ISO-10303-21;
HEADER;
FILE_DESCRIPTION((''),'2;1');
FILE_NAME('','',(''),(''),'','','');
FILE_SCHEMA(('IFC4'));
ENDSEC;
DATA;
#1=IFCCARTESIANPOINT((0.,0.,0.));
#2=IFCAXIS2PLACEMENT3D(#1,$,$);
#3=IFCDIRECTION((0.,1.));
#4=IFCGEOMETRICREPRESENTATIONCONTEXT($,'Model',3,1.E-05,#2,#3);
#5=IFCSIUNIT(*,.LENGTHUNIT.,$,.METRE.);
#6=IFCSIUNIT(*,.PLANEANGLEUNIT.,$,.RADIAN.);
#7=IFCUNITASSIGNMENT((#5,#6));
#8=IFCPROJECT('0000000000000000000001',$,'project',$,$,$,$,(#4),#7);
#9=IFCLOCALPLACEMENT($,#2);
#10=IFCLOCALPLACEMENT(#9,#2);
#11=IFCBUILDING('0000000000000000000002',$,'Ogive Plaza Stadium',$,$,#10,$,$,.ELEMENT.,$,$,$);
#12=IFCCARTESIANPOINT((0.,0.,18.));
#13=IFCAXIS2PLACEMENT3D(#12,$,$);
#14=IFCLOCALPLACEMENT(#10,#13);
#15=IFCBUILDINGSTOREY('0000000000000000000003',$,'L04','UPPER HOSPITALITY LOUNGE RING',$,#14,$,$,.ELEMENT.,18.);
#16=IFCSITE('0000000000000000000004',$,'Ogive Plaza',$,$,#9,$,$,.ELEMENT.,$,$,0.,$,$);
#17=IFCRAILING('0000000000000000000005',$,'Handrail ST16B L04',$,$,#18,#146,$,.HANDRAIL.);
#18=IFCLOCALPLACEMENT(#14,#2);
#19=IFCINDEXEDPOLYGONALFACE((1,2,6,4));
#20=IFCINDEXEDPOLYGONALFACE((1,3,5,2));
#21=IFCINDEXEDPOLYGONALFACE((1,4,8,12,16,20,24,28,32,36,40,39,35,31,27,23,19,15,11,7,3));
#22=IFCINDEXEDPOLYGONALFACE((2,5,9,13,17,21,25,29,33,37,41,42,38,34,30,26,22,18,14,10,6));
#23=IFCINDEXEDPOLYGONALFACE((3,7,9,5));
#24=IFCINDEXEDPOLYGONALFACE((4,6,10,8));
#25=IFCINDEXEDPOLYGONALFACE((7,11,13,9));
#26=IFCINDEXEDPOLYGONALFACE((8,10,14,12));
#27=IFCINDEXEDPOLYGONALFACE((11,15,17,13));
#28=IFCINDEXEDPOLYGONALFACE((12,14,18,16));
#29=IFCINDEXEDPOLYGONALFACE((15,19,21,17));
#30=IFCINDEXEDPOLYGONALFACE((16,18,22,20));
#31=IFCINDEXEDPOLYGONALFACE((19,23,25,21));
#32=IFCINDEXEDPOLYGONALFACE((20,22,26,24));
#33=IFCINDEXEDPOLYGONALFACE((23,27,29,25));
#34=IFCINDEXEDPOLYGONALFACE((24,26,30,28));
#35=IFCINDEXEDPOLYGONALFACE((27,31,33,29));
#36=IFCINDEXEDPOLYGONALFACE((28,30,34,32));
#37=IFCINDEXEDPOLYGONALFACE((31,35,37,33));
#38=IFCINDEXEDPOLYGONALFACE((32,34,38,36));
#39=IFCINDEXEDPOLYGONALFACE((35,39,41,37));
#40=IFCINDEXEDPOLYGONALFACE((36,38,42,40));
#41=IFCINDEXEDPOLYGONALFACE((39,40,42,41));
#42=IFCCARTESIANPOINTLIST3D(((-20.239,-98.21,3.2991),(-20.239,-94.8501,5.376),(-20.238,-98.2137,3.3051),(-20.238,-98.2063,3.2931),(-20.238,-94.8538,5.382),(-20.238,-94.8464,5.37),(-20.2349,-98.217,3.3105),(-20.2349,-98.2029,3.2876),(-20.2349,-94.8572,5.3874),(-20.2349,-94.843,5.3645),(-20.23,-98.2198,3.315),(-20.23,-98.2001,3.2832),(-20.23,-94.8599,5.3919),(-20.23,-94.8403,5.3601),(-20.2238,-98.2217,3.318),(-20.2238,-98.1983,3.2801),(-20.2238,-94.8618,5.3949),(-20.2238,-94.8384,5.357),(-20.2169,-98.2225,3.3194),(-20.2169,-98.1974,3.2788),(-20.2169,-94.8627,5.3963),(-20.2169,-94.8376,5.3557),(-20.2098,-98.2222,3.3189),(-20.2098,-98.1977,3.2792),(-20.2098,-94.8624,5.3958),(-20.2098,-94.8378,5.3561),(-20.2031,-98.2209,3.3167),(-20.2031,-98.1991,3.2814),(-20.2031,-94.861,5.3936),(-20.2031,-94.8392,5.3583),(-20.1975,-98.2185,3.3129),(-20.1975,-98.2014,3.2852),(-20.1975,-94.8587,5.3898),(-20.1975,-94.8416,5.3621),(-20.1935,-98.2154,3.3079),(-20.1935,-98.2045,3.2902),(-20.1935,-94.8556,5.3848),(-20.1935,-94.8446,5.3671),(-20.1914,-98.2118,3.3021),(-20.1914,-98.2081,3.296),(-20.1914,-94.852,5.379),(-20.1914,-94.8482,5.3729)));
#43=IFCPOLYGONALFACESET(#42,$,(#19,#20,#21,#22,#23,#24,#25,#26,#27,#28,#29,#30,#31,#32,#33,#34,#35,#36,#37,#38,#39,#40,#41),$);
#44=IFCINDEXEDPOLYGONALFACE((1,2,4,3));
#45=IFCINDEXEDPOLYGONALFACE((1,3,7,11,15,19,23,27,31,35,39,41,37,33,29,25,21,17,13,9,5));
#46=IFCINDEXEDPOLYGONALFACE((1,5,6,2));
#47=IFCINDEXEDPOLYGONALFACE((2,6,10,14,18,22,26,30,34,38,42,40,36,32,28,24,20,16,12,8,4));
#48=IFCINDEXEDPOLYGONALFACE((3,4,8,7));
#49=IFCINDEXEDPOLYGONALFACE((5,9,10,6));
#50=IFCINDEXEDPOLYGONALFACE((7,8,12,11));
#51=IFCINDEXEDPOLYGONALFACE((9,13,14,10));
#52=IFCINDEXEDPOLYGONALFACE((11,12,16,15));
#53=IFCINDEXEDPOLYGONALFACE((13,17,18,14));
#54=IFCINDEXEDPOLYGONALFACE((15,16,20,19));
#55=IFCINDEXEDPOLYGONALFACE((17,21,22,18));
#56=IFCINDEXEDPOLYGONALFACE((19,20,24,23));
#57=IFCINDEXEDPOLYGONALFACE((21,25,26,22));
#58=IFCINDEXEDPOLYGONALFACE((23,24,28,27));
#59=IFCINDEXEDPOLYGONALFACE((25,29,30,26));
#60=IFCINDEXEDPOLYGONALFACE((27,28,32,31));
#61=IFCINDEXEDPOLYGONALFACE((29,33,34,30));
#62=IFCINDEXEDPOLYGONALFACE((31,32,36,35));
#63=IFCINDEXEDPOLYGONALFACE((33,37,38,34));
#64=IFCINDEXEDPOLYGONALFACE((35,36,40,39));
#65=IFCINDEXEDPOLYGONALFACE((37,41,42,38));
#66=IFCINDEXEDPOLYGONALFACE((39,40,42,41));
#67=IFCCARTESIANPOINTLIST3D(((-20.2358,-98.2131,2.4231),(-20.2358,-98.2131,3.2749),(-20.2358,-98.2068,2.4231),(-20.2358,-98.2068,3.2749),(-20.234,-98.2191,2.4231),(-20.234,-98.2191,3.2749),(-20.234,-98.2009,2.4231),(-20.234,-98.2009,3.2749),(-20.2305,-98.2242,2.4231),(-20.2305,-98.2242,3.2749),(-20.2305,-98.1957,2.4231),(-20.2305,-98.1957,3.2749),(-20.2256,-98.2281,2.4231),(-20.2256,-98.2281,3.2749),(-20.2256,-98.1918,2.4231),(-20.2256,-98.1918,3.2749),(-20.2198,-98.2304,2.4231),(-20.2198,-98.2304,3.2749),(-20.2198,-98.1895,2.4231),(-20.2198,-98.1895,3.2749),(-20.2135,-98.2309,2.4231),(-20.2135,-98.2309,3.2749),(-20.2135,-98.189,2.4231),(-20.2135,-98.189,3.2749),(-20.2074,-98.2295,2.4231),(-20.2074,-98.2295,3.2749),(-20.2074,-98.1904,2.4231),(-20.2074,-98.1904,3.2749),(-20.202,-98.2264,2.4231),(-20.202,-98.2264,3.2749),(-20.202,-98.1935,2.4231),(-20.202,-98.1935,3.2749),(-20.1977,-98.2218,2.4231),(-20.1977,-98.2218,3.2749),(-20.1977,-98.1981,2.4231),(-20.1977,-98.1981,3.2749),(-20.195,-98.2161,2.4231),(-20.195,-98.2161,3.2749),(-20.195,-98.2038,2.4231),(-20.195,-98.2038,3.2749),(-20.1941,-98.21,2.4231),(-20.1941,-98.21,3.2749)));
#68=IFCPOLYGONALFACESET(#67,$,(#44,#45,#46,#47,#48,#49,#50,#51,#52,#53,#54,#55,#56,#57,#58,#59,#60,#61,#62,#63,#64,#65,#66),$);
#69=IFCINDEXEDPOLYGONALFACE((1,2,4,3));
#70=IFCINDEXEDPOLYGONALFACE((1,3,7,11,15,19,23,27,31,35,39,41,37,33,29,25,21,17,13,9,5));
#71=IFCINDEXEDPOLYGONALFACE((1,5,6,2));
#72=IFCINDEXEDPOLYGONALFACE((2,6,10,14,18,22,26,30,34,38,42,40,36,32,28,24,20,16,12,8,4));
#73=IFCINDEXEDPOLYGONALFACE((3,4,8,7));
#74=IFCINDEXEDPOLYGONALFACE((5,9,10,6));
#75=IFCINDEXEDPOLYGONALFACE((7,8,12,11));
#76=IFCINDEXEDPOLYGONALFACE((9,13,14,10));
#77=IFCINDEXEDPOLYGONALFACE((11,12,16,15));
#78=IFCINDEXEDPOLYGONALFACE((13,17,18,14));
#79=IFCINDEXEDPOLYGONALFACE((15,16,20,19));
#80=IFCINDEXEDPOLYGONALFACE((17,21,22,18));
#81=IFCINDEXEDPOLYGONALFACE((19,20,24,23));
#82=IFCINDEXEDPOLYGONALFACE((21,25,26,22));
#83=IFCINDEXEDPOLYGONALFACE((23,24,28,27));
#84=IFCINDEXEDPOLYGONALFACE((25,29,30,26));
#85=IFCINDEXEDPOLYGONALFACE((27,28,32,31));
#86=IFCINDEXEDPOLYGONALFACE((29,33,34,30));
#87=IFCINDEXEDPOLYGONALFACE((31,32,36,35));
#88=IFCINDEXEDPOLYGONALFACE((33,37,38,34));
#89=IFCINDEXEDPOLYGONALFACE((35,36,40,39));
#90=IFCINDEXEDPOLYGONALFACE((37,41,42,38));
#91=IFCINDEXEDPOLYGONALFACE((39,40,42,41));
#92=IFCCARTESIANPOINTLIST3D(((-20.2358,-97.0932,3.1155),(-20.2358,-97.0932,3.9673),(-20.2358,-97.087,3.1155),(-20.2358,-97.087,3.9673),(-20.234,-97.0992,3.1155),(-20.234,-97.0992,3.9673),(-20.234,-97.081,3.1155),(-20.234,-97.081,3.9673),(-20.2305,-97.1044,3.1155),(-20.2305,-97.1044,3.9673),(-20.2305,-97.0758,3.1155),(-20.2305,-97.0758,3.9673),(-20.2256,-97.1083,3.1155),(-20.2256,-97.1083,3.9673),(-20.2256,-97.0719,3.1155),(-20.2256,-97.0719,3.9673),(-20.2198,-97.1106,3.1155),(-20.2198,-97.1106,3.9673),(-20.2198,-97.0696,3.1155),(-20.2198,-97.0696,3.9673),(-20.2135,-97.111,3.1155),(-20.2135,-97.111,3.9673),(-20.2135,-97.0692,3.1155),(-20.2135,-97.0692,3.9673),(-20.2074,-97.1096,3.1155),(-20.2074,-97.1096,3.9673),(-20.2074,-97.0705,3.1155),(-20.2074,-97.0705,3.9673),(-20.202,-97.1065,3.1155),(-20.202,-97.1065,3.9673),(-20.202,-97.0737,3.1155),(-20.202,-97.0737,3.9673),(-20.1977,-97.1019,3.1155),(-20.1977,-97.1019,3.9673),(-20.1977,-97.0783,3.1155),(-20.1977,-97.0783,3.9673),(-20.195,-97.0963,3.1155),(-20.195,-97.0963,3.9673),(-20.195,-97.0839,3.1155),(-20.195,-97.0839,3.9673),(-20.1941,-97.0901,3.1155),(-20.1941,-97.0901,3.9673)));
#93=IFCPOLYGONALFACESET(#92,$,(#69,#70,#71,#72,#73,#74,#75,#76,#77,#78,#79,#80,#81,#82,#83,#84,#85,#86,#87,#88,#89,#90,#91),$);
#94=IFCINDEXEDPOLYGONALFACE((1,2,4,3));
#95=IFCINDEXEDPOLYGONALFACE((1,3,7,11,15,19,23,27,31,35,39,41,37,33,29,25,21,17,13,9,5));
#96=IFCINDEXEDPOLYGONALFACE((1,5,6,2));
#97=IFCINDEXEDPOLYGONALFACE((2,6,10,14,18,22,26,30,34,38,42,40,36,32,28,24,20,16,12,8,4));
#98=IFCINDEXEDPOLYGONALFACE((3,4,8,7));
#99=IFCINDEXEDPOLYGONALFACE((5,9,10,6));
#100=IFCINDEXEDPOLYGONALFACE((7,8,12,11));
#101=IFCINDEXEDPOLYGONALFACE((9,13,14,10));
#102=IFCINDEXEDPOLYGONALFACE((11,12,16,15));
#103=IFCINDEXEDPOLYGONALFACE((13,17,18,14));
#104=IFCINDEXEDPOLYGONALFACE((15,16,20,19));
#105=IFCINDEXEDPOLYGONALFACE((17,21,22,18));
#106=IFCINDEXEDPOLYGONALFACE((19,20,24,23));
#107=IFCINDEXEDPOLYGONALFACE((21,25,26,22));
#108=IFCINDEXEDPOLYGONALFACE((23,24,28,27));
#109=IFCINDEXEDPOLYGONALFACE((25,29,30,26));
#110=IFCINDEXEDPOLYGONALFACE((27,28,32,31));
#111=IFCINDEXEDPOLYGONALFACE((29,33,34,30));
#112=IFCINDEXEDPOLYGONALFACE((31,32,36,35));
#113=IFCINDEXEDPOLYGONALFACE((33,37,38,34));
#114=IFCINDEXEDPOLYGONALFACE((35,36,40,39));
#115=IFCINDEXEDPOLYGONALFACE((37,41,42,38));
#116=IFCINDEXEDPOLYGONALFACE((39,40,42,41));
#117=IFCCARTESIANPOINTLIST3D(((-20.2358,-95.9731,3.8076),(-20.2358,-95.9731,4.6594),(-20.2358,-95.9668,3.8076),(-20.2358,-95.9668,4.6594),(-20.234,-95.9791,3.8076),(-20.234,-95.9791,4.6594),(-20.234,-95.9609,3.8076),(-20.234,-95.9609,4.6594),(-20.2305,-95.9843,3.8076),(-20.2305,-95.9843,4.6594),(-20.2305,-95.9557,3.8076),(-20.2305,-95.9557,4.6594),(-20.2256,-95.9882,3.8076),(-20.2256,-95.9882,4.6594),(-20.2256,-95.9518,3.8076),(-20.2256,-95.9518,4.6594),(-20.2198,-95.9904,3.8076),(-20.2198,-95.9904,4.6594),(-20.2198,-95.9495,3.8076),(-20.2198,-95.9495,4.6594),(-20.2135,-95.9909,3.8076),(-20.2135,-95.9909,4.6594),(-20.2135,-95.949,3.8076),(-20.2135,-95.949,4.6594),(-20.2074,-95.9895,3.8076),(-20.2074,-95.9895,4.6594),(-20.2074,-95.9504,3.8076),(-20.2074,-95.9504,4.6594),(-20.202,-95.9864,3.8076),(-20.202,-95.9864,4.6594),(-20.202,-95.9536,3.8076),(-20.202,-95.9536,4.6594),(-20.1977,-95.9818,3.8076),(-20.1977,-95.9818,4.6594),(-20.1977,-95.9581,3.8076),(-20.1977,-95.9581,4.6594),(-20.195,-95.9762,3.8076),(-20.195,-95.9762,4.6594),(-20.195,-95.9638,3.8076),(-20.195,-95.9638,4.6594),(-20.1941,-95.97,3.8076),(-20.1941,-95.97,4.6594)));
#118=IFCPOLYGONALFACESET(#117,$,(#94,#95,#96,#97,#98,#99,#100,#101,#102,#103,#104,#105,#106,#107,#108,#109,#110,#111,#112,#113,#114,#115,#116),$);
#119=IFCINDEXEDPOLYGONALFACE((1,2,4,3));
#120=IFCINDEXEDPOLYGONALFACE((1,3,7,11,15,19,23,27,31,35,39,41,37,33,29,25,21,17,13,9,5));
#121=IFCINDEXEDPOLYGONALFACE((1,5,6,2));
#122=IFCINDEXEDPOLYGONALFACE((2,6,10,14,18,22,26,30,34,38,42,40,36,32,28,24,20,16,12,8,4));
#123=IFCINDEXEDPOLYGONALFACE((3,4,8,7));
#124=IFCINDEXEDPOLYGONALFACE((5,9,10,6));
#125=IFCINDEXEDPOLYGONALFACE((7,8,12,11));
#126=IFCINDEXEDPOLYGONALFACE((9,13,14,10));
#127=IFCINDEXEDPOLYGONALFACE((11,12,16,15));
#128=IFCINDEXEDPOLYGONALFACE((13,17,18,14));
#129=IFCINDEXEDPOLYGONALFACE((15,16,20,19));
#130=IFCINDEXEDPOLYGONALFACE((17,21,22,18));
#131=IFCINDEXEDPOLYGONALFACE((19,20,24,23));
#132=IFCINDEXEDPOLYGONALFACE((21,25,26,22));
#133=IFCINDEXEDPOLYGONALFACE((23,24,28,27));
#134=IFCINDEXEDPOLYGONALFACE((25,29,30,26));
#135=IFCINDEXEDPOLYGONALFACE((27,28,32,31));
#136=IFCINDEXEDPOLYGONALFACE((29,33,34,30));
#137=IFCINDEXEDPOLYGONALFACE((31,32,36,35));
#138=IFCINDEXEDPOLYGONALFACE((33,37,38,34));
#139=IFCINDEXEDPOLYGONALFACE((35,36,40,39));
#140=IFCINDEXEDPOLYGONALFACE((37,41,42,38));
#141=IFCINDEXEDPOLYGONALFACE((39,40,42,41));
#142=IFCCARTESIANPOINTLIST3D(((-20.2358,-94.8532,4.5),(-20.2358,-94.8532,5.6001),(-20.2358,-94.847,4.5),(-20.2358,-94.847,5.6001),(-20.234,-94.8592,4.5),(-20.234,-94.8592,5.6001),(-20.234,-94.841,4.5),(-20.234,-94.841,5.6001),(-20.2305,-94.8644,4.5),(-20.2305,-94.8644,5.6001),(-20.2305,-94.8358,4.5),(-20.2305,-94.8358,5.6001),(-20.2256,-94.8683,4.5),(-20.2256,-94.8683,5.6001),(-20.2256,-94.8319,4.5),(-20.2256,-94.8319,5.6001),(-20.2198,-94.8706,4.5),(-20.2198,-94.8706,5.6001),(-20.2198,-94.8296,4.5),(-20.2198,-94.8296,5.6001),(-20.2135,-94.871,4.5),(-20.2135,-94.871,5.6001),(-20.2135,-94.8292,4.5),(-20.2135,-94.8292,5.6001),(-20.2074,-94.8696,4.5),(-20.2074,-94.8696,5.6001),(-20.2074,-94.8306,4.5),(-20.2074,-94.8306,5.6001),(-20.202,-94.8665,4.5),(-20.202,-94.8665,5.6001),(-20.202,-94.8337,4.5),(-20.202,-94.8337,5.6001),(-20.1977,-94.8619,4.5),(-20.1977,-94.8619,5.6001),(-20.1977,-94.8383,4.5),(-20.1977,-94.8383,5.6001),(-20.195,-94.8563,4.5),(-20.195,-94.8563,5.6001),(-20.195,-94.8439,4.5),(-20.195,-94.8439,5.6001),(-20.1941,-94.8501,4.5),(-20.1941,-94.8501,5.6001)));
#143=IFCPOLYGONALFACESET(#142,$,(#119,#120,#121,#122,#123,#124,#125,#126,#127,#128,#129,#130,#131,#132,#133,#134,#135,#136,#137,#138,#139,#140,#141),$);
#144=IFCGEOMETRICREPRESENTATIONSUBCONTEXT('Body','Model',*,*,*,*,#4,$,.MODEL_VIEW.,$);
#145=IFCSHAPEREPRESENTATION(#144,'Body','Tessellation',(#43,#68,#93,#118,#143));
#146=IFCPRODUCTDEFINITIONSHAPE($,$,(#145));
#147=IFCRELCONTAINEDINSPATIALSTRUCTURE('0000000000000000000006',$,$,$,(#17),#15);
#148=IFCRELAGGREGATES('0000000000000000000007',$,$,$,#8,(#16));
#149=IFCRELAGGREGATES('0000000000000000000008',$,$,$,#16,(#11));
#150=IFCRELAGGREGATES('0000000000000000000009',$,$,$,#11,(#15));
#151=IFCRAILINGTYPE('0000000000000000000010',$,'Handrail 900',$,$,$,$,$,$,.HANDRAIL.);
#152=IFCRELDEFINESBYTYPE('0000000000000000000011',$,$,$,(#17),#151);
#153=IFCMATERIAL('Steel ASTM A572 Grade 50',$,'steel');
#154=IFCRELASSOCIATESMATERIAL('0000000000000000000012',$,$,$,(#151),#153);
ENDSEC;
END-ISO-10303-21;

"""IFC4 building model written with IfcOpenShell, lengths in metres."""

from ifc_helpers import new_model, si_unit, direction, frame, origin, origin_2d, place, context, subcontext, project, spatial, circle, extrude, material, type_object, element, save


model = new_model("IFC4")

# Units and contexts
model_context = context("Model", 3, precision=1e-05, world=origin(), true_north=direction((0.0, 1.0)))
body_context = subcontext(model_context, "Body", "Model", "MODEL_VIEW")
ifc_project = project(units=[si_unit("LENGTHUNIT", "METRE"), si_unit("PLANEANGLEUNIT", "RADIAN")], contexts=[model_context])

# Site, building, storey
site_placement = place(None, origin())
site = spatial("IfcSite", under=ifc_project, at=site_placement, Name="Ogive Plaza", CompositionType="ELEMENT", RefElevation=0.0)
building_placement = place(site_placement, origin())
building = spatial("IfcBuilding", under=site, at=building_placement, Name="Ogive Plaza Stadium", CompositionType="ELEMENT")
storey_placement = place(building_placement, frame((0.0, 0.0, 18.0)))
storey = spatial("IfcBuildingStorey", under=building, at=storey_placement, Name="L04", Description="UPPER HOSPITALITY LOUNGE RING", CompositionType="ELEMENT", Elevation=18.0)

# Railing
ifc_material_1 = material(Name="Steel ASTM A572 Grade 50", Category="steel")
railing_type_1 = type_object("IfcRailingType", Name="Handrail 900", PredefinedType="HANDRAIL", material=ifc_material_1)
for number, where, name in (
    (1, (-20.2151, -98.21, 2.4231), "Handrail ST16B L04"),
):
    element("IfcRailing", number, at=place(storey_placement, frame(where)), inside=storey, type_object=railing_type_1, Name=name, PredefinedType="HANDRAIL", context=body_context, shape_type="SweptSolid", body=[
        extrude(circle(Radius=0.0239, at=origin_2d()), frame((0.0, 0.0, 0.876), z_axis=(0.0, 0.850606, 0.525803), x_axis=(-1.0, 0.0, 0.0)), (0.0, 0.0, 1.0), 3.95),
        extrude(circle(Radius=0.021, at=origin_2d()), origin(), (0.0, 0.0, 1.0), 0.8518),
        extrude(circle(Radius=0.021, at=origin_2d()), frame((0.0, 1.1199, 0.6924)), (0.0, 0.0, 1.0), 0.8518),
        extrude(circle(Radius=0.021, at=origin_2d()), frame((0.0, 2.24, 1.3845)), (0.0, 0.0, 1.0), 0.8518),
        extrude(circle(Radius=0.021, at=origin_2d()), frame((0.0, 3.3599, 2.0769)), (0.0, 0.0, 1.0), 1.1001),
    ])

save(model, "model.ifc")
